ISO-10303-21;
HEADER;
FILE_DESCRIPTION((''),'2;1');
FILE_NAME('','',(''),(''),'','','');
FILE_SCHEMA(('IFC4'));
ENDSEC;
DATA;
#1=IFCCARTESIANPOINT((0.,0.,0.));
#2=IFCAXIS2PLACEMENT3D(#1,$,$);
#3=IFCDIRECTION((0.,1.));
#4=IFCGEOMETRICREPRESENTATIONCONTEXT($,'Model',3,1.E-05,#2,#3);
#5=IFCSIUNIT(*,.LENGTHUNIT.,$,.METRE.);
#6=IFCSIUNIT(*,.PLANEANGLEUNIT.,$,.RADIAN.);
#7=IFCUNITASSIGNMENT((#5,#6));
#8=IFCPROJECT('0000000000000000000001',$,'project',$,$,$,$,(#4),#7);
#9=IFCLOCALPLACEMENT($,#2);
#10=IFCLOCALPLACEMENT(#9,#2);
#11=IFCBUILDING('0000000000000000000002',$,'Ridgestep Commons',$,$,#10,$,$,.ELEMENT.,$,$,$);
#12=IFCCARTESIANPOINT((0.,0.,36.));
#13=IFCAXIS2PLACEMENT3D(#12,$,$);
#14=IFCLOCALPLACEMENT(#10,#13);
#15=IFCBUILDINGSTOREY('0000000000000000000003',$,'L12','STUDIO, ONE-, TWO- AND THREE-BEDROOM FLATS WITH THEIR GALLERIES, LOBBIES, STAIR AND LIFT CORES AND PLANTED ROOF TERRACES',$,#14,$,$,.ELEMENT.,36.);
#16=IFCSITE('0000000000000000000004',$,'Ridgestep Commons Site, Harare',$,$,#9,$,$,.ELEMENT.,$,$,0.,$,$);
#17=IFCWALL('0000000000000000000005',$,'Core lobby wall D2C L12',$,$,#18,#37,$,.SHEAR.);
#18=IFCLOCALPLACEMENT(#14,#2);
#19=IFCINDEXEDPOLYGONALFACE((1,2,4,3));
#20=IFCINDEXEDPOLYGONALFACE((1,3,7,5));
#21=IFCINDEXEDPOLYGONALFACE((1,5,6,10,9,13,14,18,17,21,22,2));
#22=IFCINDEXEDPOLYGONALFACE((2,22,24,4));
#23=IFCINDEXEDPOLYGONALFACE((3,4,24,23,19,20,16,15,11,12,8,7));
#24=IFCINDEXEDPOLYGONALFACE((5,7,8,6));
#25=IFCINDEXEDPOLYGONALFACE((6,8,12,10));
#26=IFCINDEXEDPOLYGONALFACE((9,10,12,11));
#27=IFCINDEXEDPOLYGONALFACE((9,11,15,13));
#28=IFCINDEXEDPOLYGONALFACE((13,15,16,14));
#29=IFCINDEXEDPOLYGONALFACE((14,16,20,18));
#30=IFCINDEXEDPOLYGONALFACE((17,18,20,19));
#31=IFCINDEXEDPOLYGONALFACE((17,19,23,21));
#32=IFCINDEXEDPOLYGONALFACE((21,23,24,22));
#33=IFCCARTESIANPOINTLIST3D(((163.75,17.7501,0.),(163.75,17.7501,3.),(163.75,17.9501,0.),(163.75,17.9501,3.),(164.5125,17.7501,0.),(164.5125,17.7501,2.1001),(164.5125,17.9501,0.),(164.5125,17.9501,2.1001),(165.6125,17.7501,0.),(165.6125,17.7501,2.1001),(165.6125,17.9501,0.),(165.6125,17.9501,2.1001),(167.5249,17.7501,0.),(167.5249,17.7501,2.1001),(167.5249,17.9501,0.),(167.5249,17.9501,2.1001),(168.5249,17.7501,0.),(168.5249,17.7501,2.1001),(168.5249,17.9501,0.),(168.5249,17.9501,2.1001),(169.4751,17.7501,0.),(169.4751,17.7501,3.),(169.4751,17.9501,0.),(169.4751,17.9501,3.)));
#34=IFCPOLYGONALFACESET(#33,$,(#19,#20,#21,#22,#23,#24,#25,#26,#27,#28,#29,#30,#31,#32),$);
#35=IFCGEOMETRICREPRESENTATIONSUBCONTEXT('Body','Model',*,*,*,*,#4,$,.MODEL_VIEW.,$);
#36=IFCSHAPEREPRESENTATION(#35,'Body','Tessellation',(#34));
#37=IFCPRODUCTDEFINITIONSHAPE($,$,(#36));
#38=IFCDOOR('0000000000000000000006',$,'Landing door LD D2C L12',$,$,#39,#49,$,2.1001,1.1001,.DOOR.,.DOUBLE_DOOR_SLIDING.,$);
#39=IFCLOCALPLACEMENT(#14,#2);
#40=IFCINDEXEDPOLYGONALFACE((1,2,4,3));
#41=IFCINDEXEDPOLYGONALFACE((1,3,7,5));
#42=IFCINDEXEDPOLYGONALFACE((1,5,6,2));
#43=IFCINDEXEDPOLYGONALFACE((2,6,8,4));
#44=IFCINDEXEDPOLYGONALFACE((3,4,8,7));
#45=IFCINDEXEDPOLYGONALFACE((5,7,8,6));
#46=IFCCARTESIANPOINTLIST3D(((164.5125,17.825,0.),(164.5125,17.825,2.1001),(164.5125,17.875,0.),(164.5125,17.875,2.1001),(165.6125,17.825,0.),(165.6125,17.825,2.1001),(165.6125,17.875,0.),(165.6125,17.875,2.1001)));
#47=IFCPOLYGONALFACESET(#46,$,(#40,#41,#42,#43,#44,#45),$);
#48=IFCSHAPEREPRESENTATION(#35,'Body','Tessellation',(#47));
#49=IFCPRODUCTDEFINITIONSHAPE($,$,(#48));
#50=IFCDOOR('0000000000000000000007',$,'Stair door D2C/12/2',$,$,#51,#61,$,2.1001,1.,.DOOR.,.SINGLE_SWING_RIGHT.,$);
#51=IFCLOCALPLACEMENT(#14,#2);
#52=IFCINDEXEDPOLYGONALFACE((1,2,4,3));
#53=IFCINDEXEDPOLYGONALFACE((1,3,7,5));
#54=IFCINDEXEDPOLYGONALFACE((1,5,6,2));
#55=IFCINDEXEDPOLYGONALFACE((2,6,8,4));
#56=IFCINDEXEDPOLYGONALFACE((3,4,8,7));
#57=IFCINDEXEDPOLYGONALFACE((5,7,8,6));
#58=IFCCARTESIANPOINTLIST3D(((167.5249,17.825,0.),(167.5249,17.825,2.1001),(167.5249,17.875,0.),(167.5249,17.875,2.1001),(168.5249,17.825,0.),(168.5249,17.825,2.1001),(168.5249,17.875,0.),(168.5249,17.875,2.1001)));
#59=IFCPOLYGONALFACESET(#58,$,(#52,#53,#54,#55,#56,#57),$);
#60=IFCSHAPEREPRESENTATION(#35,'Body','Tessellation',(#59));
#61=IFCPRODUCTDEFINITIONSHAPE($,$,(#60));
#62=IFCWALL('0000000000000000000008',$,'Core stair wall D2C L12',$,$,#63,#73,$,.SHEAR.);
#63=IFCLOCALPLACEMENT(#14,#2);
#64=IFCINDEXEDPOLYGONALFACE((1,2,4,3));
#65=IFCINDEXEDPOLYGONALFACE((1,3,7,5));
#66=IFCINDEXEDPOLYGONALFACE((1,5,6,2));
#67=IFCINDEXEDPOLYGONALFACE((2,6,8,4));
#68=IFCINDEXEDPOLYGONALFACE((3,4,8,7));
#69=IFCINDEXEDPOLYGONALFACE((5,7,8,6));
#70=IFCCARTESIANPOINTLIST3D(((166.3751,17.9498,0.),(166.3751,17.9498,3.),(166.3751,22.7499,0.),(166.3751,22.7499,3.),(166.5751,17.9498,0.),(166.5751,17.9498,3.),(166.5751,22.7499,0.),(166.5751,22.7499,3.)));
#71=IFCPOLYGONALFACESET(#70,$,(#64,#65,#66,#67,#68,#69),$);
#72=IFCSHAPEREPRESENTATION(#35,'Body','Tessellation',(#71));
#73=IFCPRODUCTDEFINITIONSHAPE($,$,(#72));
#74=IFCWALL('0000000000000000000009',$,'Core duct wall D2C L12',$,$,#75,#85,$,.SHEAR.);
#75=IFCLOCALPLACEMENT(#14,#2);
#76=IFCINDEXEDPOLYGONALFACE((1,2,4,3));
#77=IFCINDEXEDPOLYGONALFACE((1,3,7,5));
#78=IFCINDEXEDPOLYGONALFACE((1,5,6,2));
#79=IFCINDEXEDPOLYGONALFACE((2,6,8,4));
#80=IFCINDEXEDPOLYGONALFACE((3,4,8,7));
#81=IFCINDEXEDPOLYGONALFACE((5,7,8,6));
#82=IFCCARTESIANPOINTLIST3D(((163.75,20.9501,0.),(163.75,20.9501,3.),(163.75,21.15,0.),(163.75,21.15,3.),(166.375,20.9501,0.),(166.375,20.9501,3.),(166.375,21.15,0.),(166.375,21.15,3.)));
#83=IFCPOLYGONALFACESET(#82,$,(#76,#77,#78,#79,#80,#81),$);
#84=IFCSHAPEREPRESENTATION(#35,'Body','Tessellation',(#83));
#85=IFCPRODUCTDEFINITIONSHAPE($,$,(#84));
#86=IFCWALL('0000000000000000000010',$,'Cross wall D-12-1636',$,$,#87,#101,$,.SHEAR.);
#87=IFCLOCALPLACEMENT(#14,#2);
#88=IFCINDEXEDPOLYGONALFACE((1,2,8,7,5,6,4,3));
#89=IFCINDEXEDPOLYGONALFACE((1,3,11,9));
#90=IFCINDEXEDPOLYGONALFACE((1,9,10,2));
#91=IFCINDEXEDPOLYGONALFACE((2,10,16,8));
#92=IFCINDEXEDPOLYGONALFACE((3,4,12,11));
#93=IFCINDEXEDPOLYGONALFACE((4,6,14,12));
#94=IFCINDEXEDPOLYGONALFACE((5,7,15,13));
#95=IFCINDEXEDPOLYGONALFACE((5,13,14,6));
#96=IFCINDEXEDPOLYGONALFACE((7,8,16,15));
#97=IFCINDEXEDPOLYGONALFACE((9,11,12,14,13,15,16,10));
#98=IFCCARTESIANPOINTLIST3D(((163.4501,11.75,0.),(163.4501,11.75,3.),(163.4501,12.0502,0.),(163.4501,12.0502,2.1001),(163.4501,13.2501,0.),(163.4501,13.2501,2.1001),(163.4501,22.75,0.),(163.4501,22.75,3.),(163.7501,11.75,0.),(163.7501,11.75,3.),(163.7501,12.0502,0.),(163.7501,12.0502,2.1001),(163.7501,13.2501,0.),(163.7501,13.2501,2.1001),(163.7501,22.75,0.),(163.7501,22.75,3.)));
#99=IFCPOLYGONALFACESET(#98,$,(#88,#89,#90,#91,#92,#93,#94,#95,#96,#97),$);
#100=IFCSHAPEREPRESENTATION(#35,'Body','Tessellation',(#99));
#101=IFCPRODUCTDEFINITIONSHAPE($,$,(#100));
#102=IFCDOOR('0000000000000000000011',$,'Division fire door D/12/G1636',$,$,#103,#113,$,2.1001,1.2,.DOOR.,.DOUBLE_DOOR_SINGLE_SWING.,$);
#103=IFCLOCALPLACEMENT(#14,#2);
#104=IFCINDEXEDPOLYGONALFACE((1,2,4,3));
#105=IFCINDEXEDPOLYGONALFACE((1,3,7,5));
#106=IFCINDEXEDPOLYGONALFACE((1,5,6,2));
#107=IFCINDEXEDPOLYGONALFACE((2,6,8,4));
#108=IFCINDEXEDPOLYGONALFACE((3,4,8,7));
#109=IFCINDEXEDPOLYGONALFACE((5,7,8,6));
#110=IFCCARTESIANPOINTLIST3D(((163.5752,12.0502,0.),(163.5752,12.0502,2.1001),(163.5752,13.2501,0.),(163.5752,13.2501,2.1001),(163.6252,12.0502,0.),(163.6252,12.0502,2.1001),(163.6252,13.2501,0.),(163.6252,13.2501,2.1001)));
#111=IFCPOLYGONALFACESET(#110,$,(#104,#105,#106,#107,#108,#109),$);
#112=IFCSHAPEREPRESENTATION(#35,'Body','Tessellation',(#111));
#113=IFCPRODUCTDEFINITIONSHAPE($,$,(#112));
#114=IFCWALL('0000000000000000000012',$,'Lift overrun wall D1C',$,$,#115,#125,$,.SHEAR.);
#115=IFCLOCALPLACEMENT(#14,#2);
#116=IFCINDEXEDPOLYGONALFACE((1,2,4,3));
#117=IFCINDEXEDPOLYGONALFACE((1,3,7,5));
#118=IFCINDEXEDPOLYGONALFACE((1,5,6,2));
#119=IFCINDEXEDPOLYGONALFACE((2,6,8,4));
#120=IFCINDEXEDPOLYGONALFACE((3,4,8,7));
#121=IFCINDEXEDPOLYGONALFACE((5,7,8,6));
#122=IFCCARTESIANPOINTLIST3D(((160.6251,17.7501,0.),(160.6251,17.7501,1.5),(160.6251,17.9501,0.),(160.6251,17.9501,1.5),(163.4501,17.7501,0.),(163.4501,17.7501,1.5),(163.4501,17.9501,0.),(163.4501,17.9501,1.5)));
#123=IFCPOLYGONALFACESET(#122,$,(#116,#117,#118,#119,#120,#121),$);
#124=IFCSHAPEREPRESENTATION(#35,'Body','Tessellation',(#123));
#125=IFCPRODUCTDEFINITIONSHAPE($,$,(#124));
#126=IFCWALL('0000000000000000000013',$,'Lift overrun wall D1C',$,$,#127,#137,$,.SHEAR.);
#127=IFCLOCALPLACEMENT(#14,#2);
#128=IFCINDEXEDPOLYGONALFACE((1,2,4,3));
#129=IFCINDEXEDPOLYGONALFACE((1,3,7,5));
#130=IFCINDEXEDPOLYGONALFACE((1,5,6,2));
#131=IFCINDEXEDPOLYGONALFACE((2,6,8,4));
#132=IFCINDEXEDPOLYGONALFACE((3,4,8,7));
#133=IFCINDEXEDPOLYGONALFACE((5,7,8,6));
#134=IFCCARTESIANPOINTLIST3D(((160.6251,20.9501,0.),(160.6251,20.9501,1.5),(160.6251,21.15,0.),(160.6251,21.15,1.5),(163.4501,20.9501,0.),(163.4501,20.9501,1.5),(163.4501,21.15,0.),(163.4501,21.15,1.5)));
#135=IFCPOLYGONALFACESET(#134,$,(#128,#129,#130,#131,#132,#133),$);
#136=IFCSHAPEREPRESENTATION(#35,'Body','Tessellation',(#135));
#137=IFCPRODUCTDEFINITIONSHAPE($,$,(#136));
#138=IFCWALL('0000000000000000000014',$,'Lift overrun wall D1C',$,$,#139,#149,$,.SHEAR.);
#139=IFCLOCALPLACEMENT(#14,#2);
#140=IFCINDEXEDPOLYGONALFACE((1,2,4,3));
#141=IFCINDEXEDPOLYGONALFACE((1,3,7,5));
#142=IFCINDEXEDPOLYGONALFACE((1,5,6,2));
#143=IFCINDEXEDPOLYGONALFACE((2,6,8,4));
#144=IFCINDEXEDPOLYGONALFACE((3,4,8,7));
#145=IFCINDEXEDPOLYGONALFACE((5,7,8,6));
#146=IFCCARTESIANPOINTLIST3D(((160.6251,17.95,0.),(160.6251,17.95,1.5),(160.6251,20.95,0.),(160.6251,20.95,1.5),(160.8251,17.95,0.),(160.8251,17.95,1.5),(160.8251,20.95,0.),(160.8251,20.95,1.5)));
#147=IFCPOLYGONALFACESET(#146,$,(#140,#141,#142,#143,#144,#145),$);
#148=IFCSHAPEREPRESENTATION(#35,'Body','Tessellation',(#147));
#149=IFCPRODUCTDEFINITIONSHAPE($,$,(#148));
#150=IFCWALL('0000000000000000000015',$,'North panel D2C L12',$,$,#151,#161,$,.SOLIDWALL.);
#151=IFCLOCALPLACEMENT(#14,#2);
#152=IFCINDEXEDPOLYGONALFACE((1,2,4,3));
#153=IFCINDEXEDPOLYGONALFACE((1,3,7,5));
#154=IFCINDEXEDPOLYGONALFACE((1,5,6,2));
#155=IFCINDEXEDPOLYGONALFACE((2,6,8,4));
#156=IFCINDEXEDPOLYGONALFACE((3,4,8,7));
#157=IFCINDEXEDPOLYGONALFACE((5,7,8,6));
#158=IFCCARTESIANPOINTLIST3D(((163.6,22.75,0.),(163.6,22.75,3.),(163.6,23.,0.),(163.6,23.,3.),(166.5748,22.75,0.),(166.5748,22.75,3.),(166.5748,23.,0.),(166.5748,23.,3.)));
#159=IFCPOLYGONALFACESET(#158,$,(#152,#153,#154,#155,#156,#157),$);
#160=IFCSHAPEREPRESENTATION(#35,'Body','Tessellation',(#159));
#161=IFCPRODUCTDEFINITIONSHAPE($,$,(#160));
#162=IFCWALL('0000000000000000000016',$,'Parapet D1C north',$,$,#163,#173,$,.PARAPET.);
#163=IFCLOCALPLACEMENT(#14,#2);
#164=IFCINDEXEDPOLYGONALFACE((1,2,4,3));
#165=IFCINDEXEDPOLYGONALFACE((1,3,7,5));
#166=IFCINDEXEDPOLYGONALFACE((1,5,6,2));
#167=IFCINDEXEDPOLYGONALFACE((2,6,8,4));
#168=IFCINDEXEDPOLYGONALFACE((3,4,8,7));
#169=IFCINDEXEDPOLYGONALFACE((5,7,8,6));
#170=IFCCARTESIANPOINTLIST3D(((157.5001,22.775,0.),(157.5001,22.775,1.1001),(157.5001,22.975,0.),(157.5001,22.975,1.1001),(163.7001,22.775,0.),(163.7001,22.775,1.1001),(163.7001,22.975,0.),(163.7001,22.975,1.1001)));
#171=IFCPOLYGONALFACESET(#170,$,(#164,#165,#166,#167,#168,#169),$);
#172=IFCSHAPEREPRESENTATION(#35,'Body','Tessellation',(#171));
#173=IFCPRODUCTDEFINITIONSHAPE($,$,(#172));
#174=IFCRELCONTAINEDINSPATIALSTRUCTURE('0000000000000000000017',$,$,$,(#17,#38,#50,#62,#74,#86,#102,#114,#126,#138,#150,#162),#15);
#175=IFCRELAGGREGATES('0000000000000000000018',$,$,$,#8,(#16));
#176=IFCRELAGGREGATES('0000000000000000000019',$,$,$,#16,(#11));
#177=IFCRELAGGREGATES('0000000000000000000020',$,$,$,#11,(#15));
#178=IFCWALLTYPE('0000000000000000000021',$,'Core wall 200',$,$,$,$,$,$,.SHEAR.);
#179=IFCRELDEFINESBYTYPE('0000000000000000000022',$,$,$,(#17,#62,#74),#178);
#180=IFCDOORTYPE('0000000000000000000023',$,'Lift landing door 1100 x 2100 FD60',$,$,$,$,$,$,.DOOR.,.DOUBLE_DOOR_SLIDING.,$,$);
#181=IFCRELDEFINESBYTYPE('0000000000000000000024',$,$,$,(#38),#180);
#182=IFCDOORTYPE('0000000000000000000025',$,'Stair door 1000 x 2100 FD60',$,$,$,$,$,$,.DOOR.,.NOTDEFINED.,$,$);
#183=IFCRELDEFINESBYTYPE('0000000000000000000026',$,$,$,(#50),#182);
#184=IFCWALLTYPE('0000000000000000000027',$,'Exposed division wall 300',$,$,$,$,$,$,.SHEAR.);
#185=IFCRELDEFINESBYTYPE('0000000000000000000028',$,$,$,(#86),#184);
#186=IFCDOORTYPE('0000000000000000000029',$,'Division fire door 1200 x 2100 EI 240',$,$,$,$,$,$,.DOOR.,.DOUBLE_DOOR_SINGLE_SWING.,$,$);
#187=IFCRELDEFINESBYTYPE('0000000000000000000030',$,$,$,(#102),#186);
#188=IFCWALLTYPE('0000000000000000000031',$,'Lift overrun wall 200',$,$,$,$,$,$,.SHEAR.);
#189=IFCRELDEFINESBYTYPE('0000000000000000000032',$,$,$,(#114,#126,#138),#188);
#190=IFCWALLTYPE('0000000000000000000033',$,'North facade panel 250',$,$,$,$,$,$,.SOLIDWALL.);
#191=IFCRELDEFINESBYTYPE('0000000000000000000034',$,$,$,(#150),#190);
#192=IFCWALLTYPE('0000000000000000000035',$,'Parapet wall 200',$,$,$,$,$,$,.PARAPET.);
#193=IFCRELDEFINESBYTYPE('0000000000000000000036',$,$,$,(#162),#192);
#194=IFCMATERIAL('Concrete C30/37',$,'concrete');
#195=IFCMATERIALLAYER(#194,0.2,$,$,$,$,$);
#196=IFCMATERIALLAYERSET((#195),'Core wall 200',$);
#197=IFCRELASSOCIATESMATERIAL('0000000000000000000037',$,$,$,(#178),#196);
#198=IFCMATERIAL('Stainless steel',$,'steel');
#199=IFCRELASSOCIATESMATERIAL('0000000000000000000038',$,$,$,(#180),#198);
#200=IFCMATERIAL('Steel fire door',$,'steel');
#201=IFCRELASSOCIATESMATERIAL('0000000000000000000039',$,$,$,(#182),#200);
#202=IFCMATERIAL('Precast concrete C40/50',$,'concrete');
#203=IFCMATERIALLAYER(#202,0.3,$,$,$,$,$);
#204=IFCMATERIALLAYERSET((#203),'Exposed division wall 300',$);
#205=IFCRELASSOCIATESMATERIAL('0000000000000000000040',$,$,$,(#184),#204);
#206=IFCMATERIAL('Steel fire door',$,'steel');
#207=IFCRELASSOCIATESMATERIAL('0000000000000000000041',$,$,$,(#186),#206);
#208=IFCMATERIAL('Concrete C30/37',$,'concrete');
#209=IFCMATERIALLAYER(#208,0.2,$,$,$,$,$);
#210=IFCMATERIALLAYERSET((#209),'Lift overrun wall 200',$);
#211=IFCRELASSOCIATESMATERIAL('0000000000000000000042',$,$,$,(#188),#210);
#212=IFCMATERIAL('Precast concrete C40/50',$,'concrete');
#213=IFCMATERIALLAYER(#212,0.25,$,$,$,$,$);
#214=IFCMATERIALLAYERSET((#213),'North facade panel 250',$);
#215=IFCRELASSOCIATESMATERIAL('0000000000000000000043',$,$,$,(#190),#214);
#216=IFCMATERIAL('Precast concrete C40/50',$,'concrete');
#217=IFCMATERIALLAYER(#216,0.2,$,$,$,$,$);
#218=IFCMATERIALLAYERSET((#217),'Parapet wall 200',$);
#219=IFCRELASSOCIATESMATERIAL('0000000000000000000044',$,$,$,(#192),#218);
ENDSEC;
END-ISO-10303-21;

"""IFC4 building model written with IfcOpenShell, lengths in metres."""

from ifc_helpers import new_model, si_unit, direction, frame, frame_2d, origin, place, context, subcontext, project, spatial, rectangle, extrude, material, layer, layer_set, type_object, element, fill, save


model = new_model("IFC4")

# Units and contexts
model_context = context("Model", 3, precision=1e-05, world=origin(), true_north=direction((0.0, 1.0)))
body_context = subcontext(model_context, "Body", "Model", "MODEL_VIEW")
ifc_project = project(units=[si_unit("LENGTHUNIT", "METRE"), si_unit("PLANEANGLEUNIT", "RADIAN")], contexts=[model_context])

# Site, building, storey
site_placement = place(None, origin())
site = spatial("IfcSite", under=ifc_project, at=site_placement, Name="Ridgestep Commons Site, Harare", CompositionType="ELEMENT", RefElevation=0.0)
building_placement = place(site_placement, origin())
building = spatial("IfcBuilding", under=site, at=building_placement, Name="Ridgestep Commons", CompositionType="ELEMENT")
storey_placement = place(building_placement, frame((0.0, 0.0, 36.0)))
storey = spatial("IfcBuildingStorey", under=building, at=storey_placement, Name="L12", Description="STUDIO, ONE-, TWO- AND THREE-BEDROOM FLATS WITH THEIR GALLERIES, LOBBIES, STAIR AND LIFT CORES AND PLANTED ROOF TERRACES", CompositionType="ELEMENT", Elevation=36.0)

# Wall, openings, doors
ifc_material_1 = material(Name="Concrete C30/37", Category="concrete")
ifc_layer_1 = layer(ifc_material_1, 0.2)
ifc_layer_set_1 = layer_set([ifc_layer_1], Name="Core wall 200")
wall_type_1 = type_object("IfcWallType", Name="Core wall 200", PredefinedType="SHEAR", material=ifc_layer_set_1)
wall_1_placement = place(storey_placement, frame((163.75, 17.8501, 0.0), z_axis=(0.0, 0.0, 1.0), x_axis=(1.0, 0.0, 0.0)))
wall_1 = element("IfcWall", 1, at=wall_1_placement, inside=storey, type_object=wall_type_1, Name="Core lobby wall D2C L12", PredefinedType="SHEAR", context=body_context, shape_type="SweptSolid", body=[
    extrude(rectangle(XDim=5.7251, YDim=0.2, at=frame_2d((2.8625, 0.0))), origin(), (0.0, 0.0, 1.0), 3.0),
])
opening_1_placement = place(wall_1_placement, frame((3.7749, 0.0, 0.0)))
opening_1 = element("IfcOpeningElement", 2, at=opening_1_placement, cuts=wall_1, PredefinedType="OPENING", context=body_context, shape_type="SweptSolid", body=[
    extrude(rectangle(XDim=1.0, YDim=2.1001, at=frame_2d((0.5, 1.05))), frame((0.0, 0.1099, 0.0), z_axis=(0.0, -1.0, 0.0), x_axis=(1.0, 0.0, 0.0)), (0.0, 0.0, 1.0), 0.22),
])
opening_2_placement = place(wall_1_placement, frame((0.7625, 0.0, 0.0)))
opening_2 = element("IfcOpeningElement", 3, at=opening_2_placement, cuts=wall_1, PredefinedType="OPENING", context=body_context, shape_type="SweptSolid", body=[
    extrude(rectangle(XDim=1.1001, YDim=2.1001, at=frame_2d((0.55, 1.05))), frame((0.0, 0.1099, 0.0), z_axis=(0.0, -1.0, 0.0), x_axis=(1.0, 0.0, 0.0)), (0.0, 0.0, 1.0), 0.22),
])
ifc_material_2 = material(Name="Stainless steel", Category="steel")
door_type_1 = type_object("IfcDoorType", Name="Lift landing door 1100 x 2100 FD60", OperationType="DOUBLE_DOOR_SLIDING", PredefinedType="DOOR", material=ifc_material_2)
door_1_placement = place(opening_2_placement, origin())
door_1 = element("IfcDoor", 4, at=door_1_placement, inside=storey, type_object=door_type_1, Name="Landing door LD D2C L12", OperationType="DOUBLE_DOOR_SLIDING", OverallHeight=2.1001, OverallWidth=1.1001, PredefinedType="DOOR", context=body_context, shape_type="SweptSolid", body=[
    extrude(rectangle(XDim=1.1001, YDim=2.1001, at=frame_2d((0.55, 1.05))), frame((0.0, 0.0249, 0.0), z_axis=(0.0, -1.0, 0.0), x_axis=(1.0, 0.0, 0.0)), (0.0, 0.0, 1.0), 0.05),
])
fill(opening_2, door_1)
ifc_material_3 = material(Name="Steel fire door", Category="steel")
door_type_2 = type_object("IfcDoorType", Name="Stair door 1000 x 2100 FD60", OperationType="NOTDEFINED", PredefinedType="DOOR", material=ifc_material_3)
door_2_placement = place(opening_1_placement, origin())
door_2 = element("IfcDoor", 5, at=door_2_placement, inside=storey, type_object=door_type_2, Name="Stair door D2C/12/2", OperationType="SINGLE_SWING_RIGHT", OverallHeight=2.1001, OverallWidth=1.0, PredefinedType="DOOR", context=body_context, shape_type="SweptSolid", body=[
    extrude(rectangle(XDim=1.0, YDim=2.1001, at=frame_2d((0.5, 1.05))), frame((0.0, 0.0249, 0.0), z_axis=(0.0, -1.0, 0.0), x_axis=(1.0, 0.0, 0.0)), (0.0, 0.0, 1.0), 0.05),
])
fill(opening_1, door_2)

# Walls
wall_2_placement = place(storey_placement, frame((166.4751, 17.95, 0.0), z_axis=(0.0, 0.0, 1.0), x_axis=(0.0, 1.0, 0.0)))
element("IfcWall", 6, at=wall_2_placement, inside=storey, type_object=wall_type_1, Name="Core stair wall D2C L12", PredefinedType="SHEAR", context=body_context, shape_type="SweptSolid", body=[
    extrude(rectangle(XDim=4.8, YDim=0.2, at=frame_2d((2.3999, 0.0))), origin(), (0.0, 0.0, 1.0), 3.0),
])
wall_3_placement = place(storey_placement, frame((163.75, 21.05, 0.0), z_axis=(0.0, 0.0, 1.0), x_axis=(1.0, 0.0, 0.0)))
element("IfcWall", 7, at=wall_3_placement, inside=storey, type_object=wall_type_1, Name="Core duct wall D2C L12", PredefinedType="SHEAR", context=body_context, shape_type="SweptSolid", body=[
    extrude(rectangle(XDim=2.625, YDim=0.2, at=frame_2d((1.3125, 0.0))), origin(), (0.0, 0.0, 1.0), 3.0),
])

# Wall, opening, door
ifc_material_4 = material(Name="Precast concrete C40/50", Category="concrete")
ifc_layer_2 = layer(ifc_material_4, 0.3)
ifc_layer_set_2 = layer_set([ifc_layer_2], Name="Exposed division wall 300")
wall_type_2 = type_object("IfcWallType", Name="Exposed division wall 300", PredefinedType="SHEAR", material=ifc_layer_set_2)
wall_4_placement = place(storey_placement, frame((163.6001, 11.75, 0.0), z_axis=(0.0, 0.0, 1.0), x_axis=(0.0, 1.0, 0.0)))
wall_4 = element("IfcWall", 8, at=wall_4_placement, inside=storey, type_object=wall_type_2, Name="Cross wall D-12-1636", PredefinedType="SHEAR", context=body_context, shape_type="SweptSolid", body=[
    extrude(rectangle(XDim=11.0, YDim=0.3, at=frame_2d((5.5, 0.0))), origin(), (0.0, 0.0, 1.0), 3.0),
])
opening_3_placement = place(wall_4_placement, frame((0.3, 0.0, 0.0)))
opening_3 = element("IfcOpeningElement", 9, at=opening_3_placement, cuts=wall_4, PredefinedType="OPENING", context=body_context, shape_type="SweptSolid", body=[
    extrude(rectangle(XDim=1.2, YDim=2.1001, at=frame_2d((0.6001, 1.05))), frame((0.0, 0.1599, 0.0), z_axis=(0.0, -1.0, 0.0), x_axis=(1.0, 0.0, 0.0)), (0.0, 0.0, 1.0), 0.3201),
])
ifc_material_5 = material(Name="Steel fire door", Category="steel")
door_type_3 = type_object("IfcDoorType", Name="Division fire door 1200 x 2100 EI 240", OperationType="DOUBLE_DOOR_SINGLE_SWING", PredefinedType="DOOR", material=ifc_material_5)
door_3_placement = place(opening_3_placement, origin())
door_3 = element("IfcDoor", 10, at=door_3_placement, inside=storey, type_object=door_type_3, Name="Division fire door D/12/G1636", OperationType="DOUBLE_DOOR_SINGLE_SWING", OverallHeight=2.1001, OverallWidth=1.2, PredefinedType="DOOR", context=body_context, shape_type="SweptSolid", body=[
    extrude(rectangle(XDim=1.2, YDim=2.1001, at=frame_2d((0.6001, 1.05))), frame((0.0, 0.0249, 0.0), z_axis=(0.0, -1.0, 0.0), x_axis=(1.0, 0.0, 0.0)), (0.0, 0.0, 1.0), 0.05),
])
fill(opening_3, door_3)

# Walls
ifc_material_6 = material(Name="Concrete C30/37", Category="concrete")
ifc_layer_3 = layer(ifc_material_6, 0.2)
ifc_layer_set_3 = layer_set([ifc_layer_3], Name="Lift overrun wall 200")
wall_type_3 = type_object("IfcWallType", Name="Lift overrun wall 200", PredefinedType="SHEAR", material=ifc_layer_set_3)
for number, where, z_axis, x_axis, name in (
    (11, (160.625, 17.8501, 0.0), (0.0, 0.0, 1.0), (1.0, 0.0, 0.0), "Lift overrun wall D1C"),
    (12, (160.625, 21.05, 0.0), (0.0, 0.0, 1.0), (1.0, 0.0, 0.0), "Lift overrun wall D1C"),
):
    element("IfcWall", number, at=place(storey_placement, frame(where, z_axis=z_axis, x_axis=x_axis)), inside=storey, type_object=wall_type_3, Name=name, PredefinedType="SHEAR", context=body_context, shape_type="SweptSolid", body=[
        extrude(rectangle(XDim=2.825, YDim=0.2, at=frame_2d((1.4126, 0.0))), origin(), (0.0, 0.0, 1.0), 1.5),
    ])
wall_5_placement = place(storey_placement, frame((160.7251, 17.95, 0.0), z_axis=(0.0, 0.0, 1.0), x_axis=(0.0, 1.0, 0.0)))
element("IfcWall", 13, at=wall_5_placement, inside=storey, type_object=wall_type_3, Name="Lift overrun wall D1C", PredefinedType="SHEAR", context=body_context, shape_type="SweptSolid", body=[
    extrude(rectangle(XDim=3.0, YDim=0.2, at=frame_2d((1.5, 0.0))), origin(), (0.0, 0.0, 1.0), 1.5),
])
ifc_material_7 = material(Name="Precast concrete C40/50", Category="concrete")
ifc_layer_4 = layer(ifc_material_7, 0.25)
ifc_layer_set_4 = layer_set([ifc_layer_4], Name="North facade panel 250")
wall_type_4 = type_object("IfcWallType", Name="North facade panel 250", PredefinedType="SOLIDWALL", material=ifc_layer_set_4)
wall_6_placement = place(storey_placement, frame((163.6001, 22.875, 0.0), z_axis=(0.0, 0.0, 1.0), x_axis=(1.0, 0.0, 0.0)))
element("IfcWall", 14, at=wall_6_placement, inside=storey, type_object=wall_type_4, Name="North panel D2C L12", PredefinedType="SOLIDWALL", context=body_context, shape_type="SweptSolid", body=[
    extrude(rectangle(XDim=2.9749, YDim=0.25, at=frame_2d((1.4873, 0.0))), origin(), (0.0, 0.0, 1.0), 3.0),
])
ifc_material_8 = material(Name="Precast concrete C40/50", Category="concrete")
ifc_layer_5 = layer(ifc_material_8, 0.2)
ifc_layer_set_5 = layer_set([ifc_layer_5], Name="Parapet wall 200")
wall_type_5 = type_object("IfcWallType", Name="Parapet wall 200", PredefinedType="PARAPET", material=ifc_layer_set_5)
for number, where, z_axis, x_axis, name in (
    (15, (157.5, 22.875, 0.0), (0.0, 0.0, 1.0), (1.0, 0.0, 0.0), "Parapet D1C north"),
):
    element("IfcWall", number, at=place(storey_placement, frame(where, z_axis=z_axis, x_axis=x_axis)), inside=storey, type_object=wall_type_5, Name=name, PredefinedType="PARAPET", context=body_context, shape_type="SweptSolid", body=[
        extrude(rectangle(XDim=6.2, YDim=0.2, at=frame_2d((3.1001, 0.0))), origin(), (0.0, 0.0, 1.0), 1.1001),
    ])

save(model, "model.ifc")
